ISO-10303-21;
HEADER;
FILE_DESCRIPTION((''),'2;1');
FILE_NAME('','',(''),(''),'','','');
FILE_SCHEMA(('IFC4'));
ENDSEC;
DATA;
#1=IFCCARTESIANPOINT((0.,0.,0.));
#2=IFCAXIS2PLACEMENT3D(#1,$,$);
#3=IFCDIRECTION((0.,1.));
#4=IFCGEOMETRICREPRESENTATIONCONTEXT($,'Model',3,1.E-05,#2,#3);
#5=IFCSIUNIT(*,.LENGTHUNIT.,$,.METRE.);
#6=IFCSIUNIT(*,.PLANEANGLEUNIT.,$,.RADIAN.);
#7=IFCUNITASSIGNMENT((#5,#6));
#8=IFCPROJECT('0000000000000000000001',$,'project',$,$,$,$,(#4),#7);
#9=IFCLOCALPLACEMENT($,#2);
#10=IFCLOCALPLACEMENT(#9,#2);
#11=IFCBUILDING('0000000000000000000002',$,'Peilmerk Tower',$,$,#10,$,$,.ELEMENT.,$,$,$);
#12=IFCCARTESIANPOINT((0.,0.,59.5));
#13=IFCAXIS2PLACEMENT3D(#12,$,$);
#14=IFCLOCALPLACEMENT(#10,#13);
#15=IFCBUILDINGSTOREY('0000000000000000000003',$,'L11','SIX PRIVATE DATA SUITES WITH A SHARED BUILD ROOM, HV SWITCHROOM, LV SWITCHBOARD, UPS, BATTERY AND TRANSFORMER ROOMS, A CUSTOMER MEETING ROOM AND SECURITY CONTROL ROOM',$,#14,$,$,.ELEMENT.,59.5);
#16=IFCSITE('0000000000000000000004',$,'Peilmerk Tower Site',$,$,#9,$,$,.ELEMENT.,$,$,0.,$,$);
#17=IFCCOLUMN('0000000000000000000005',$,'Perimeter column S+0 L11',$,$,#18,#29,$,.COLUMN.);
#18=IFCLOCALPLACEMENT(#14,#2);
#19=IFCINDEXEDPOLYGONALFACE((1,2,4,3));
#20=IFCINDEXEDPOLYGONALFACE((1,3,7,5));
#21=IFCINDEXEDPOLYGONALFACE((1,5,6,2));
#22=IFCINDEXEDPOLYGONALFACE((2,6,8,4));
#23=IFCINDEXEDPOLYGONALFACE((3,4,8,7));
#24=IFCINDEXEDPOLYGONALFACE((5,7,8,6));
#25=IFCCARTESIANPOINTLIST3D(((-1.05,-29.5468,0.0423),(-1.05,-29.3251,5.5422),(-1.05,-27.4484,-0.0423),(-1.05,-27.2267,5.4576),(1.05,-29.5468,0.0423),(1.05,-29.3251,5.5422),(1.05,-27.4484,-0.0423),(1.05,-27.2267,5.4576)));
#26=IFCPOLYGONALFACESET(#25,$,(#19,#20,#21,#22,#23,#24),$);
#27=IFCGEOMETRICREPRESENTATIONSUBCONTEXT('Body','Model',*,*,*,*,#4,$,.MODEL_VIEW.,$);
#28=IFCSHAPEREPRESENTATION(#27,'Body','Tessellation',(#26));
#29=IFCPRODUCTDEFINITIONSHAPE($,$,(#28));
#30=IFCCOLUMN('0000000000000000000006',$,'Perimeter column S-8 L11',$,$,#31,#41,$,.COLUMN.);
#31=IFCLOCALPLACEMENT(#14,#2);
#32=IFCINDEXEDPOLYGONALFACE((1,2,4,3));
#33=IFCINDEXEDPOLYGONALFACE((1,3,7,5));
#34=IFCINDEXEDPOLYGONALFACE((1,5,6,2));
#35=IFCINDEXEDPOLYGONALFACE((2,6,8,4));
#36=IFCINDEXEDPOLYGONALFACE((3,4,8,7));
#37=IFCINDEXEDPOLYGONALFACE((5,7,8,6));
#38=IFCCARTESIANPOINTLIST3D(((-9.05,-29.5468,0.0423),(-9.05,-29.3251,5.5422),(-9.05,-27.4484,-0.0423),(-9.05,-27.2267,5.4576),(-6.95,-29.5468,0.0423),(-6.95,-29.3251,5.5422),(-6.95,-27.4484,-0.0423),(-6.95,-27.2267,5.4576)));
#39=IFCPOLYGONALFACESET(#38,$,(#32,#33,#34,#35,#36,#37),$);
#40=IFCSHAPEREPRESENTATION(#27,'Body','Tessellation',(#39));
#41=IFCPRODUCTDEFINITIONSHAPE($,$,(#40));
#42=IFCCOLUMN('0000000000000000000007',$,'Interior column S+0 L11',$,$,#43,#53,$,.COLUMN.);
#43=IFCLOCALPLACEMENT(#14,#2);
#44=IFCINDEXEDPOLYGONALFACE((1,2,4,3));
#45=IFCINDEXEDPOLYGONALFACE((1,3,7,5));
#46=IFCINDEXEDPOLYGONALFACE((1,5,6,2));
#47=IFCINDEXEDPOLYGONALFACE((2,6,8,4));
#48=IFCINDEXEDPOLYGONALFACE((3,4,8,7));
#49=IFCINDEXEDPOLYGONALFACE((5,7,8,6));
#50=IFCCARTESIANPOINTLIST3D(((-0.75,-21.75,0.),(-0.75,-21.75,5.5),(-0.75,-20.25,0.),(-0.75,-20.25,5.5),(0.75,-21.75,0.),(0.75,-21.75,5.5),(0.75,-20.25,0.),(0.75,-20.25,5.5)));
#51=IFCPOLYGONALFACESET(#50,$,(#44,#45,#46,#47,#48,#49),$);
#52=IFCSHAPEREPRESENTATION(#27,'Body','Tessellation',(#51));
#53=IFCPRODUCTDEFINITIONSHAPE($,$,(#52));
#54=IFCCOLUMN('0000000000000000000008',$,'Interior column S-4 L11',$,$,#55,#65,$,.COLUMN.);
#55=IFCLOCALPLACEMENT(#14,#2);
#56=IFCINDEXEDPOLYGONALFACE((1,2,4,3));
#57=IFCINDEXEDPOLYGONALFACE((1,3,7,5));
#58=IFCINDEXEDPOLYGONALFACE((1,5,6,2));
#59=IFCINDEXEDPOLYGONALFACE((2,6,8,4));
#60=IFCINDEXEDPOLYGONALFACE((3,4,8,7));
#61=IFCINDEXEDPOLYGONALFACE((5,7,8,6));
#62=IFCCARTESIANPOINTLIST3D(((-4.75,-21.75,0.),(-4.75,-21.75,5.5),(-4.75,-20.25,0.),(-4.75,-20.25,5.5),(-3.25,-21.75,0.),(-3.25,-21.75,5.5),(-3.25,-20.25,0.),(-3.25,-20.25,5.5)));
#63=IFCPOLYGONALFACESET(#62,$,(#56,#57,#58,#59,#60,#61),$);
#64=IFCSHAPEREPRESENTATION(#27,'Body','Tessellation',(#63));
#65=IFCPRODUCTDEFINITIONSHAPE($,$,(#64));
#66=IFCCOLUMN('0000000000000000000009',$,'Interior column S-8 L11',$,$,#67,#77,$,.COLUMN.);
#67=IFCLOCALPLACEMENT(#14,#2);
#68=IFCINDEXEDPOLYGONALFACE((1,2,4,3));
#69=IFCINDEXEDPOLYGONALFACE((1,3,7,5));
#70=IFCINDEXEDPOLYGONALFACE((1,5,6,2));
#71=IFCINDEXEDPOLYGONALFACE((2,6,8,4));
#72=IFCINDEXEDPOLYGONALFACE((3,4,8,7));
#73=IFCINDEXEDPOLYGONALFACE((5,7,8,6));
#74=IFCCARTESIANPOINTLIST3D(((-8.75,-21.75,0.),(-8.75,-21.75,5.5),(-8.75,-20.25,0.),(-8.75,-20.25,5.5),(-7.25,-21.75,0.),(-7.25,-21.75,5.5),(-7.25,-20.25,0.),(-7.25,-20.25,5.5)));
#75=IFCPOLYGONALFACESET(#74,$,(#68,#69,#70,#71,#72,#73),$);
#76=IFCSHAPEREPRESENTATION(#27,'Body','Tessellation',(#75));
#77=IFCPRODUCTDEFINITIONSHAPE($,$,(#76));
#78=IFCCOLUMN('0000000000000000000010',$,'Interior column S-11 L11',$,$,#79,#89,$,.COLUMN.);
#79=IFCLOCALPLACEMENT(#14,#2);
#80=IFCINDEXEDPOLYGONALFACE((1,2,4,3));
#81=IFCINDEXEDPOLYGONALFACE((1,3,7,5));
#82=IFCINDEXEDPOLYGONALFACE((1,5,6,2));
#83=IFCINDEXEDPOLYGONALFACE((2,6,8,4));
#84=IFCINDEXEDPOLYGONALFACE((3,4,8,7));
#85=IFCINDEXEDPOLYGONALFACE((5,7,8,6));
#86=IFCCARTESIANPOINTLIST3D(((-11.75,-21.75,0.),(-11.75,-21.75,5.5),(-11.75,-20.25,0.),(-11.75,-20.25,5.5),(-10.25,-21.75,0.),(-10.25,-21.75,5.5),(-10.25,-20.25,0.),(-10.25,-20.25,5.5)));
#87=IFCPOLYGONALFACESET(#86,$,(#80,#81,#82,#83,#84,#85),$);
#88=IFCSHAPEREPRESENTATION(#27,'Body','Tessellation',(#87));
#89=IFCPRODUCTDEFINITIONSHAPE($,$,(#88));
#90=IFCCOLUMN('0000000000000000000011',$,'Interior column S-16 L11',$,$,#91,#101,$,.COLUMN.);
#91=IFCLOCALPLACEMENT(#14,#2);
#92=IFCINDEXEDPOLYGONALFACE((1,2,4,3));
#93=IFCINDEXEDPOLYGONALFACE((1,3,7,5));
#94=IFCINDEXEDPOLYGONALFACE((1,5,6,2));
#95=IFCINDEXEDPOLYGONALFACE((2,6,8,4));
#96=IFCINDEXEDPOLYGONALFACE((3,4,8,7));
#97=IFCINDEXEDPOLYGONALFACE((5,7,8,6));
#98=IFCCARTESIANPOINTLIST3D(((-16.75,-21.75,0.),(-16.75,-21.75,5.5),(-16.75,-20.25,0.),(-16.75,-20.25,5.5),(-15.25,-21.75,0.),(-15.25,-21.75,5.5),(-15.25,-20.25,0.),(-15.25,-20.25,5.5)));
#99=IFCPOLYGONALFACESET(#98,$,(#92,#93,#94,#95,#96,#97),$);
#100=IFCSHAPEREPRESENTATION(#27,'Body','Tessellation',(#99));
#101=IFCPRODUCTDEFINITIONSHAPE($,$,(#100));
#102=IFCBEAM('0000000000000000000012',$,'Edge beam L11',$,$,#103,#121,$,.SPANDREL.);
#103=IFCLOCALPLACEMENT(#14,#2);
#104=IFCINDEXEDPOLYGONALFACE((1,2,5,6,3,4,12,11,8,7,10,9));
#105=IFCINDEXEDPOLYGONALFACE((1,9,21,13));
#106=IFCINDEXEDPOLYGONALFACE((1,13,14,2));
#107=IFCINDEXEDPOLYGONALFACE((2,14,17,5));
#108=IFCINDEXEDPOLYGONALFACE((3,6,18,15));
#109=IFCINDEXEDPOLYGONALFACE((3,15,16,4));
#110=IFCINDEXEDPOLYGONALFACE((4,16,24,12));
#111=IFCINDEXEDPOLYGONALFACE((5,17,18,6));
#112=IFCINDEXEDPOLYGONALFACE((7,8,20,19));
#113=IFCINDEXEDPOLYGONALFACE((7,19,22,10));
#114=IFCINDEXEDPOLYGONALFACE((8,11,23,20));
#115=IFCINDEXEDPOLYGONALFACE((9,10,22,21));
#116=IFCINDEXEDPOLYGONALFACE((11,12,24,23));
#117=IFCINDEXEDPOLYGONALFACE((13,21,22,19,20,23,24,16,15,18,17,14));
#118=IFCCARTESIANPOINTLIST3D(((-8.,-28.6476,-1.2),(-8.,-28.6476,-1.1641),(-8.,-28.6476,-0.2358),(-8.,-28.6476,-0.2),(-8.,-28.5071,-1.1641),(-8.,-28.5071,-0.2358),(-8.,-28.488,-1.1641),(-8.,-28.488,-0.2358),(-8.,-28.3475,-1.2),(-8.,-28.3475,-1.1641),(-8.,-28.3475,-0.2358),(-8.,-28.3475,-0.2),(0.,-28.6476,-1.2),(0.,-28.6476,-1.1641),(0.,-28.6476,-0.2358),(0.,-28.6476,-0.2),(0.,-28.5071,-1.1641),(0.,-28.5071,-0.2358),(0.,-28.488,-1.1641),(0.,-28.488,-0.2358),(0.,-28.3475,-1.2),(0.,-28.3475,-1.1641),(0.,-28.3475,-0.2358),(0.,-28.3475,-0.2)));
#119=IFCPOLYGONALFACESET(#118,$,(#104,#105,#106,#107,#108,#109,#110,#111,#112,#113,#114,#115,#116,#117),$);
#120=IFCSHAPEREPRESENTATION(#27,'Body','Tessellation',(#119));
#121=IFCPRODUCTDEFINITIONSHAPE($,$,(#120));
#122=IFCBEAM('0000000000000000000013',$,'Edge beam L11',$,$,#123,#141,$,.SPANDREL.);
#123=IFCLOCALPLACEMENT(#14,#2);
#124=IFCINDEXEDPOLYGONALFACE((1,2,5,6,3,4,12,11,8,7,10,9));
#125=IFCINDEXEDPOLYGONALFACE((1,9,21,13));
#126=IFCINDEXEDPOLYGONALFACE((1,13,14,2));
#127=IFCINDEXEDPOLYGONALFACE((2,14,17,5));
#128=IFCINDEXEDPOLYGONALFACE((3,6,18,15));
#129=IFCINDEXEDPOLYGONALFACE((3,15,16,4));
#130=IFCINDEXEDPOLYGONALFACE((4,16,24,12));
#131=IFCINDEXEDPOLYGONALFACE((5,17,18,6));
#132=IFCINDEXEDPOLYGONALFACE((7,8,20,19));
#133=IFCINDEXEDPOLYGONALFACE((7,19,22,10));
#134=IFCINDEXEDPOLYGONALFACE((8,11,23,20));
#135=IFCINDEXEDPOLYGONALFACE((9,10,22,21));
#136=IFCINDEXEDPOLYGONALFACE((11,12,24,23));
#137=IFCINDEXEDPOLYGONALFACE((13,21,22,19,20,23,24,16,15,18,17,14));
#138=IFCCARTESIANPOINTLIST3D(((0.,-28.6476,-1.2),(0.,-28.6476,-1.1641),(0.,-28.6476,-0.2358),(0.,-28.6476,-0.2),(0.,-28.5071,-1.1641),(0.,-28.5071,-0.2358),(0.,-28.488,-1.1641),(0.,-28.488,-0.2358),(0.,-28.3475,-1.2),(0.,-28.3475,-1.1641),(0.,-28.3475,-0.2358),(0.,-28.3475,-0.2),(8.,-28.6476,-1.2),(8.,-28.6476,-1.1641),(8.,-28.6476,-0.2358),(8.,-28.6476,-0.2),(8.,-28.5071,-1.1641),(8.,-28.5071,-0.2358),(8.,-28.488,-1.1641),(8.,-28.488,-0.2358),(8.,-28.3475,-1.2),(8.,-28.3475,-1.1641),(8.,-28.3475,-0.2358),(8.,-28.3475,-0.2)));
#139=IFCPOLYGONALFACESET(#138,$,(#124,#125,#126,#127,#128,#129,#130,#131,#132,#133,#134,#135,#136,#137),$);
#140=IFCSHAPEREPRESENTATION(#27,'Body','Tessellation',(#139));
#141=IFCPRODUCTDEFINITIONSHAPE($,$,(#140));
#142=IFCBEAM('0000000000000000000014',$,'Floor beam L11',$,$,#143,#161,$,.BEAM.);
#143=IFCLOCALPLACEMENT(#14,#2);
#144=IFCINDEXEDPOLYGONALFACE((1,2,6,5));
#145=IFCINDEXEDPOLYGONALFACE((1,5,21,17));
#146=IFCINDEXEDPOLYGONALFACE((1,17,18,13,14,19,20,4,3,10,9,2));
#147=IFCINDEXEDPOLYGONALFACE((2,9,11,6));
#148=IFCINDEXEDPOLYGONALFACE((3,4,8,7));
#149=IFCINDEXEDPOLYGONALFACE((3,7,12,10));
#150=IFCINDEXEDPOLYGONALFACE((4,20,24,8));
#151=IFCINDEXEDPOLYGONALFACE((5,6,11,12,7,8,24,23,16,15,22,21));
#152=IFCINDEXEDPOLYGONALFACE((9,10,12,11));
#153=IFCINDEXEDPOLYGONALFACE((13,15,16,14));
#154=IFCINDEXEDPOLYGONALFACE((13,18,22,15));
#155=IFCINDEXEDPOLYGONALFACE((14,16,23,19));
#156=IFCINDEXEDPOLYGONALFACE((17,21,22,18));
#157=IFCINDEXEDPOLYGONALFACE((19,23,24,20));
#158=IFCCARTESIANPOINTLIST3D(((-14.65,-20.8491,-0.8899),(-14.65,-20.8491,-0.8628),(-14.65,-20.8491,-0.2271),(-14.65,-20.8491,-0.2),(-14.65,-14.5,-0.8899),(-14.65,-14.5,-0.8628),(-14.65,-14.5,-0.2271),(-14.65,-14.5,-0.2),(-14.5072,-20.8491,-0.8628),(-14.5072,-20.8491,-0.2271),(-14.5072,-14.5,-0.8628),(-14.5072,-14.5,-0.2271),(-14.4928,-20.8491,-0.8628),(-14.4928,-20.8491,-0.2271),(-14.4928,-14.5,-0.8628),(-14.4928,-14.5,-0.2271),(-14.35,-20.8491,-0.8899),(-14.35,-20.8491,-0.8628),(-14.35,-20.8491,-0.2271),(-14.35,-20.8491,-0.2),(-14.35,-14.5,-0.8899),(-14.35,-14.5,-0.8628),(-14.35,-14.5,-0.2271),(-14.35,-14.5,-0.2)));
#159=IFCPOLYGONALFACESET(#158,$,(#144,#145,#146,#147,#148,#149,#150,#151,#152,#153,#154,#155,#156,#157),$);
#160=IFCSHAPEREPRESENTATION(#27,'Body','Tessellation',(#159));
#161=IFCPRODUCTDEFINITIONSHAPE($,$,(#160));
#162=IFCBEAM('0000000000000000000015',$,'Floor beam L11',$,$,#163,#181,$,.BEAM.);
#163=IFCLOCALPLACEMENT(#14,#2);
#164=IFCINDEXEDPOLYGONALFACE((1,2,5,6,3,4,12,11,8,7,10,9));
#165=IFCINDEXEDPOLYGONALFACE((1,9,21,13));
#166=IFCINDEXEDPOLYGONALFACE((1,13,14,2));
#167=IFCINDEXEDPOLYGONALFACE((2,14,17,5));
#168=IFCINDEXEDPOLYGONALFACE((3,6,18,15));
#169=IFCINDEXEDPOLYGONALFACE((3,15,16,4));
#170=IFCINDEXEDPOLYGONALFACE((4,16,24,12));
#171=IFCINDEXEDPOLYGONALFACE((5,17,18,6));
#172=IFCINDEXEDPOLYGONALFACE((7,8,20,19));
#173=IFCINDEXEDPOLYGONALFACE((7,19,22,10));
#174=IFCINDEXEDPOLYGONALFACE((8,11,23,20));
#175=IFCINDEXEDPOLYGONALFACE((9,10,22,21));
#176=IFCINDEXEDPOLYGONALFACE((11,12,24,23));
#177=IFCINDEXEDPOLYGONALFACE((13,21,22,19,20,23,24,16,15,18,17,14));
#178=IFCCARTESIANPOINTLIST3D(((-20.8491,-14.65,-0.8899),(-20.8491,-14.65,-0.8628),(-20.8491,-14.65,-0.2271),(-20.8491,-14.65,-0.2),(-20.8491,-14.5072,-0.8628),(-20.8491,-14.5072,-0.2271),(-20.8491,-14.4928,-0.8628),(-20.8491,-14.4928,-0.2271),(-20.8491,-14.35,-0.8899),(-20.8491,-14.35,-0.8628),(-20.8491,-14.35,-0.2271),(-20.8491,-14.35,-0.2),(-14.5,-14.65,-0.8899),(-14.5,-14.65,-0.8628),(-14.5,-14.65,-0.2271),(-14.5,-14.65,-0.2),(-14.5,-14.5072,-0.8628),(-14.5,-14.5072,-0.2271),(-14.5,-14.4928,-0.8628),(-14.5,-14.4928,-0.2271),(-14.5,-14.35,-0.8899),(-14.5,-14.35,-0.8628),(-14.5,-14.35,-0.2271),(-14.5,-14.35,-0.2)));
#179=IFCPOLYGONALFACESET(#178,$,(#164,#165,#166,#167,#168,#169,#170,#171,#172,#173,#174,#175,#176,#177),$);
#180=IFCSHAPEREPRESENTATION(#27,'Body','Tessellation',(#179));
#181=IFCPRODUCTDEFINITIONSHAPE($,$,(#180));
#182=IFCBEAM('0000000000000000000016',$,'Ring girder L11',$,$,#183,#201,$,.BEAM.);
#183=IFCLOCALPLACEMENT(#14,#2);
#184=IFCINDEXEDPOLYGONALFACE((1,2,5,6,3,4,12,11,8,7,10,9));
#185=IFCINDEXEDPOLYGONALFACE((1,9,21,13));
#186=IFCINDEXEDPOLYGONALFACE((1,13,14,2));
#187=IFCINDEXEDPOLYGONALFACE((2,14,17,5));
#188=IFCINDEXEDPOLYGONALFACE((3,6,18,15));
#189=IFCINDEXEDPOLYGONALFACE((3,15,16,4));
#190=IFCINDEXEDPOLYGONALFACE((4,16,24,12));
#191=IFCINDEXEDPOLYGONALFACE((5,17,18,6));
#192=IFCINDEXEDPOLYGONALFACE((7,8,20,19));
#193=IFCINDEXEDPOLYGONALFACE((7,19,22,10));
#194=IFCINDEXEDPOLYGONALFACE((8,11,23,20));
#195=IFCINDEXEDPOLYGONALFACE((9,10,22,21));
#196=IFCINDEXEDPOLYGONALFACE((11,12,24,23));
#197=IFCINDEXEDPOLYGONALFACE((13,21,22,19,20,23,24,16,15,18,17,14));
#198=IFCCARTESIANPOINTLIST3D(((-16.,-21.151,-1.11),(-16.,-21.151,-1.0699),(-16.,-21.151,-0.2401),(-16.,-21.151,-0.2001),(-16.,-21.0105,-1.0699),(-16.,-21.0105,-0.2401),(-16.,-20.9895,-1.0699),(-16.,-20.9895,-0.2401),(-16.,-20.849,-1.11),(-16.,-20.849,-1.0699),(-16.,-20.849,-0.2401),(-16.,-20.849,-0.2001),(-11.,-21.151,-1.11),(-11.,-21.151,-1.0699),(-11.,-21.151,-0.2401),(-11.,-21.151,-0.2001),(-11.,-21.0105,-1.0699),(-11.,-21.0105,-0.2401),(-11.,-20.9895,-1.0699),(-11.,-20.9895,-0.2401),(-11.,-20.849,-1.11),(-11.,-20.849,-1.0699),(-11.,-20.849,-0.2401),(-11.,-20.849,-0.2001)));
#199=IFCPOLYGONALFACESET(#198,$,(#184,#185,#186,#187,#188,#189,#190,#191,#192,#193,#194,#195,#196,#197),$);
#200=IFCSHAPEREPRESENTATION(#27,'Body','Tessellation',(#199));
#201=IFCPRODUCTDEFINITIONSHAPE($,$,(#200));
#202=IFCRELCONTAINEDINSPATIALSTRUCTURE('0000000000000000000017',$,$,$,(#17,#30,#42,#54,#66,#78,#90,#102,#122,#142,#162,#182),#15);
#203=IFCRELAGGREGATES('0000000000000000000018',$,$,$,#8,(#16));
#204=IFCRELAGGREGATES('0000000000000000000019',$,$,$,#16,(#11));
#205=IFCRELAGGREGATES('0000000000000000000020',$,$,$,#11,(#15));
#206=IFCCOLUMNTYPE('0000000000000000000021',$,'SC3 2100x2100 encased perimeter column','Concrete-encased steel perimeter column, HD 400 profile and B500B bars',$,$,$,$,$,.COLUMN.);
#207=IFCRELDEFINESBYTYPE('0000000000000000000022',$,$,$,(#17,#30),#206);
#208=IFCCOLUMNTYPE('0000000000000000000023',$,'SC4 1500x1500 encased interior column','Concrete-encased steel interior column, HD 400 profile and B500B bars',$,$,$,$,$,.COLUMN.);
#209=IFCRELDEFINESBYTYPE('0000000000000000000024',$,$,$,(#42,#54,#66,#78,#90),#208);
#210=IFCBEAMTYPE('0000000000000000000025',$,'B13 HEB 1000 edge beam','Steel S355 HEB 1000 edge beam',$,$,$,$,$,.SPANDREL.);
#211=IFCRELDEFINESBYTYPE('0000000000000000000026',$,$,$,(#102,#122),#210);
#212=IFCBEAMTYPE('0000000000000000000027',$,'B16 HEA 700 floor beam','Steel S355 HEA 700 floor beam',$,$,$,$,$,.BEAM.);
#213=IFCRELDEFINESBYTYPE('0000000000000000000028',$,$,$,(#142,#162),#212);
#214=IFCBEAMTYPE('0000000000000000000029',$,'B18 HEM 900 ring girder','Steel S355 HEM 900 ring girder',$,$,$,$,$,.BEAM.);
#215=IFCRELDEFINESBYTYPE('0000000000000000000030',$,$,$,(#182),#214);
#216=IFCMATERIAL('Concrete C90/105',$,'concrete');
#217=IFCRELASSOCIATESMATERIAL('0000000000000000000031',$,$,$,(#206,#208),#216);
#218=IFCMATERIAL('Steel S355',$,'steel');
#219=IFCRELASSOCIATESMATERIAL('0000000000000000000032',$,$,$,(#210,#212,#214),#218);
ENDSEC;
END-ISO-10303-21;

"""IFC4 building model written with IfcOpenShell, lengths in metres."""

from ifc_helpers import new_model, si_unit, direction, frame, origin, origin_2d, place, context, subcontext, project, spatial, rectangle, i_section, extrude, material, material_profile, profile_set, type_object, element, save


model = new_model("IFC4")

# Units and contexts
model_context = context("Model", 3, precision=1e-05, world=origin(), true_north=direction((0.0, 1.0)))
body_context = subcontext(model_context, "Body", "Model", "MODEL_VIEW")
ifc_project = project(units=[si_unit("LENGTHUNIT", "METRE"), si_unit("PLANEANGLEUNIT", "RADIAN")], contexts=[model_context])

# Site, building, storey
site_placement = place(None, origin())
site = spatial("IfcSite", under=ifc_project, at=site_placement, Name="Peilmerk Tower Site", CompositionType="ELEMENT", RefElevation=0.0)
building_placement = place(site_placement, origin())
building = spatial("IfcBuilding", under=site, at=building_placement, Name="Peilmerk Tower", CompositionType="ELEMENT")
storey_placement = place(building_placement, frame((0.0, 0.0, 59.5)))
storey = spatial("IfcBuildingStorey", under=building, at=storey_placement, Name="L11", Description="SIX PRIVATE DATA SUITES WITH A SHARED BUILD ROOM, HV SWITCHROOM, LV SWITCHBOARD, UPS, BATTERY AND TRANSFORMER ROOMS, A CUSTOMER MEETING ROOM AND SECURITY CONTROL ROOM", CompositionType="ELEMENT", Elevation=59.5)

# Columns
ifc_material_1 = material(Name="Concrete C90/105", Category="concrete")
ifc_material_profile_1 = material_profile(ifc_material_1, rectangle(XDim=2.1001, YDim=2.1001, at=origin_2d()), Name="RC 2100x2100")
ifc_profile_set_1 = profile_set([ifc_material_profile_1], Name="Concrete C90/105")
column_type_1 = type_object("IfcColumnType", Name="SC3 2100x2100 encased perimeter column", Description="Concrete-encased steel perimeter column, HD 400 profile and B500B bars", PredefinedType="COLUMN", material=ifc_profile_set_1)
for number, where, z_axis, x_axis, name in (
    (1, (0.0, -28.4976, 0.0), (0.0, 0.040273, 0.999189), (-1.0, 0.0, 0.0), "Perimeter column S+0 L11"),
    (2, (-8.0, -28.4976, 0.0), (0.0, 0.040273, 0.999189), (-1.0, 0.0, 0.0), "Perimeter column S-8 L11"),
):
    element("IfcColumn", number, at=place(storey_placement, frame(where, z_axis=z_axis, x_axis=x_axis)), inside=storey, type_object=column_type_1, Name=name, PredefinedType="COLUMN", context=body_context, shape_type="SweptSolid", body=[
        extrude(rectangle(XDim=2.1001, YDim=2.1001, at=origin_2d()), origin(), (0.0, 0.0, 1.0), 5.5044),
    ])
ifc_material_profile_2 = material_profile(ifc_material_1, rectangle(XDim=1.5, YDim=1.5, at=origin_2d()), Name="RC 1500x1500")
ifc_profile_set_2 = profile_set([ifc_material_profile_2], Name="Concrete C90/105")
column_type_2 = type_object("IfcColumnType", Name="SC4 1500x1500 encased interior column", Description="Concrete-encased steel interior column, HD 400 profile and B500B bars", PredefinedType="COLUMN", material=ifc_profile_set_2)
for number, where, z_axis, x_axis, name in (
    (3, (0.0, -21.0, 0.0), (0.0, 0.0, 1.0), (1.0, 0.0, 0.0), "Interior column S+0 L11"),
    (4, (-4.0, -21.0, 0.0), (0.0, 0.0, 1.0), (1.0, 0.0, 0.0), "Interior column S-4 L11"),
    (5, (-8.0, -21.0, 0.0), (0.0, 0.0, 1.0), (1.0, 0.0, 0.0), "Interior column S-8 L11"),
    (6, (-11.0, -21.0, 0.0), (0.0, 0.0, 1.0), (1.0, 0.0, 0.0), "Interior column S-11 L11"),
    (7, (-16.0, -21.0, 0.0), (0.0, 0.0, 1.0), (1.0, 0.0, 0.0), "Interior column S-16 L11"),
):
    element("IfcColumn", number, at=place(storey_placement, frame(where, z_axis=z_axis, x_axis=x_axis)), inside=storey, type_object=column_type_2, Name=name, PredefinedType="COLUMN", context=body_context, shape_type="SweptSolid", body=[
        extrude(rectangle(XDim=1.5, YDim=1.5, at=origin_2d()), origin(), (0.0, 0.0, 1.0), 5.5),
    ])

# Beams
ifc_material_2 = material(Name="Steel S355", Category="steel")
ifc_material_profile_3 = material_profile(ifc_material_2, i_section(OverallWidth=0.3, OverallDepth=1.0, WebThickness=0.019, FlangeThickness=0.0359, at=origin_2d()), Name="HEB 1000")
ifc_profile_set_3 = profile_set([ifc_material_profile_3], Name="Steel S355")
beam_type_1 = type_object("IfcBeamType", Name="B13 HEB 1000 edge beam", Description="Steel S355 HEB 1000 edge beam", PredefinedType="SPANDREL", material=ifc_profile_set_3)
for number, where, z_axis, x_axis, name in (
    (8, (-8.0, -28.4976, -0.7), (1.0, 0.0, 0.0), (0.0, 1.0, 0.0), "Edge beam L11"),
    (9, (0.0, -28.4976, -0.7), (1.0, 0.0, 0.0), (0.0, 1.0, 0.0), "Edge beam L11"),
):
    element("IfcBeam", number, at=place(storey_placement, frame(where, z_axis=z_axis, x_axis=x_axis)), inside=storey, type_object=beam_type_1, Name=name, PredefinedType="SPANDREL", context=body_context, shape_type="SweptSolid", body=[
        extrude(i_section(OverallWidth=0.3, OverallDepth=1.0, WebThickness=0.019, FlangeThickness=0.0359, at=origin_2d()), origin(), (0.0, 0.0, 1.0), 8.0),
    ])
ifc_material_profile_4 = material_profile(ifc_material_2, i_section(OverallWidth=0.3, OverallDepth=0.6899, WebThickness=0.0144, FlangeThickness=0.0271, at=origin_2d()), Name="HEA 700")
ifc_profile_set_4 = profile_set([ifc_material_profile_4], Name="Steel S355")
beam_type_2 = type_object("IfcBeamType", Name="B16 HEA 700 floor beam", Description="Steel S355 HEA 700 floor beam", PredefinedType="BEAM", material=ifc_profile_set_4)
for number, where, z_axis, x_axis, name in (
    (10, (-14.5, -14.5, -0.5449), (0.0, -1.0, 0.0), (1.0, 0.0, 0.0), "Floor beam L11"),
    (11, (-14.5, -14.5, -0.5449), (-1.0, 0.0, 0.0), (0.0, -1.0, 0.0), "Floor beam L11"),
):
    element("IfcBeam", number, at=place(storey_placement, frame(where, z_axis=z_axis, x_axis=x_axis)), inside=storey, type_object=beam_type_2, Name=name, PredefinedType="BEAM", context=body_context, shape_type="SweptSolid", body=[
        extrude(i_section(OverallWidth=0.3, OverallDepth=0.6899, WebThickness=0.0144, FlangeThickness=0.0271, at=origin_2d()), origin(), (0.0, 0.0, 1.0), 6.3491),
    ])
ifc_material_profile_5 = material_profile(ifc_material_2, i_section(OverallWidth=0.302, OverallDepth=0.9099, WebThickness=0.021, FlangeThickness=0.04, at=origin_2d()), Name="HEM 900")
ifc_profile_set_5 = profile_set([ifc_material_profile_5], Name="Steel S355")
beam_type_3 = type_object("IfcBeamType", Name="B18 HEM 900 ring girder", Description="Steel S355 HEM 900 ring girder", PredefinedType="BEAM", material=ifc_profile_set_5)
beam_1_placement = place(storey_placement, frame((-16.0, -21.0, -0.655), z_axis=(1.0, 0.0, 0.0), x_axis=(0.0, 1.0, 0.0)))
element("IfcBeam", 12, at=beam_1_placement, inside=storey, type_object=beam_type_3, Name="Ring girder L11", PredefinedType="BEAM", context=body_context, shape_type="SweptSolid", body=[
    extrude(i_section(OverallWidth=0.302, OverallDepth=0.9099, WebThickness=0.021, FlangeThickness=0.04, at=origin_2d()), origin(), (0.0, 0.0, 1.0), 5.0),
])

save(model, "model.ifc")
